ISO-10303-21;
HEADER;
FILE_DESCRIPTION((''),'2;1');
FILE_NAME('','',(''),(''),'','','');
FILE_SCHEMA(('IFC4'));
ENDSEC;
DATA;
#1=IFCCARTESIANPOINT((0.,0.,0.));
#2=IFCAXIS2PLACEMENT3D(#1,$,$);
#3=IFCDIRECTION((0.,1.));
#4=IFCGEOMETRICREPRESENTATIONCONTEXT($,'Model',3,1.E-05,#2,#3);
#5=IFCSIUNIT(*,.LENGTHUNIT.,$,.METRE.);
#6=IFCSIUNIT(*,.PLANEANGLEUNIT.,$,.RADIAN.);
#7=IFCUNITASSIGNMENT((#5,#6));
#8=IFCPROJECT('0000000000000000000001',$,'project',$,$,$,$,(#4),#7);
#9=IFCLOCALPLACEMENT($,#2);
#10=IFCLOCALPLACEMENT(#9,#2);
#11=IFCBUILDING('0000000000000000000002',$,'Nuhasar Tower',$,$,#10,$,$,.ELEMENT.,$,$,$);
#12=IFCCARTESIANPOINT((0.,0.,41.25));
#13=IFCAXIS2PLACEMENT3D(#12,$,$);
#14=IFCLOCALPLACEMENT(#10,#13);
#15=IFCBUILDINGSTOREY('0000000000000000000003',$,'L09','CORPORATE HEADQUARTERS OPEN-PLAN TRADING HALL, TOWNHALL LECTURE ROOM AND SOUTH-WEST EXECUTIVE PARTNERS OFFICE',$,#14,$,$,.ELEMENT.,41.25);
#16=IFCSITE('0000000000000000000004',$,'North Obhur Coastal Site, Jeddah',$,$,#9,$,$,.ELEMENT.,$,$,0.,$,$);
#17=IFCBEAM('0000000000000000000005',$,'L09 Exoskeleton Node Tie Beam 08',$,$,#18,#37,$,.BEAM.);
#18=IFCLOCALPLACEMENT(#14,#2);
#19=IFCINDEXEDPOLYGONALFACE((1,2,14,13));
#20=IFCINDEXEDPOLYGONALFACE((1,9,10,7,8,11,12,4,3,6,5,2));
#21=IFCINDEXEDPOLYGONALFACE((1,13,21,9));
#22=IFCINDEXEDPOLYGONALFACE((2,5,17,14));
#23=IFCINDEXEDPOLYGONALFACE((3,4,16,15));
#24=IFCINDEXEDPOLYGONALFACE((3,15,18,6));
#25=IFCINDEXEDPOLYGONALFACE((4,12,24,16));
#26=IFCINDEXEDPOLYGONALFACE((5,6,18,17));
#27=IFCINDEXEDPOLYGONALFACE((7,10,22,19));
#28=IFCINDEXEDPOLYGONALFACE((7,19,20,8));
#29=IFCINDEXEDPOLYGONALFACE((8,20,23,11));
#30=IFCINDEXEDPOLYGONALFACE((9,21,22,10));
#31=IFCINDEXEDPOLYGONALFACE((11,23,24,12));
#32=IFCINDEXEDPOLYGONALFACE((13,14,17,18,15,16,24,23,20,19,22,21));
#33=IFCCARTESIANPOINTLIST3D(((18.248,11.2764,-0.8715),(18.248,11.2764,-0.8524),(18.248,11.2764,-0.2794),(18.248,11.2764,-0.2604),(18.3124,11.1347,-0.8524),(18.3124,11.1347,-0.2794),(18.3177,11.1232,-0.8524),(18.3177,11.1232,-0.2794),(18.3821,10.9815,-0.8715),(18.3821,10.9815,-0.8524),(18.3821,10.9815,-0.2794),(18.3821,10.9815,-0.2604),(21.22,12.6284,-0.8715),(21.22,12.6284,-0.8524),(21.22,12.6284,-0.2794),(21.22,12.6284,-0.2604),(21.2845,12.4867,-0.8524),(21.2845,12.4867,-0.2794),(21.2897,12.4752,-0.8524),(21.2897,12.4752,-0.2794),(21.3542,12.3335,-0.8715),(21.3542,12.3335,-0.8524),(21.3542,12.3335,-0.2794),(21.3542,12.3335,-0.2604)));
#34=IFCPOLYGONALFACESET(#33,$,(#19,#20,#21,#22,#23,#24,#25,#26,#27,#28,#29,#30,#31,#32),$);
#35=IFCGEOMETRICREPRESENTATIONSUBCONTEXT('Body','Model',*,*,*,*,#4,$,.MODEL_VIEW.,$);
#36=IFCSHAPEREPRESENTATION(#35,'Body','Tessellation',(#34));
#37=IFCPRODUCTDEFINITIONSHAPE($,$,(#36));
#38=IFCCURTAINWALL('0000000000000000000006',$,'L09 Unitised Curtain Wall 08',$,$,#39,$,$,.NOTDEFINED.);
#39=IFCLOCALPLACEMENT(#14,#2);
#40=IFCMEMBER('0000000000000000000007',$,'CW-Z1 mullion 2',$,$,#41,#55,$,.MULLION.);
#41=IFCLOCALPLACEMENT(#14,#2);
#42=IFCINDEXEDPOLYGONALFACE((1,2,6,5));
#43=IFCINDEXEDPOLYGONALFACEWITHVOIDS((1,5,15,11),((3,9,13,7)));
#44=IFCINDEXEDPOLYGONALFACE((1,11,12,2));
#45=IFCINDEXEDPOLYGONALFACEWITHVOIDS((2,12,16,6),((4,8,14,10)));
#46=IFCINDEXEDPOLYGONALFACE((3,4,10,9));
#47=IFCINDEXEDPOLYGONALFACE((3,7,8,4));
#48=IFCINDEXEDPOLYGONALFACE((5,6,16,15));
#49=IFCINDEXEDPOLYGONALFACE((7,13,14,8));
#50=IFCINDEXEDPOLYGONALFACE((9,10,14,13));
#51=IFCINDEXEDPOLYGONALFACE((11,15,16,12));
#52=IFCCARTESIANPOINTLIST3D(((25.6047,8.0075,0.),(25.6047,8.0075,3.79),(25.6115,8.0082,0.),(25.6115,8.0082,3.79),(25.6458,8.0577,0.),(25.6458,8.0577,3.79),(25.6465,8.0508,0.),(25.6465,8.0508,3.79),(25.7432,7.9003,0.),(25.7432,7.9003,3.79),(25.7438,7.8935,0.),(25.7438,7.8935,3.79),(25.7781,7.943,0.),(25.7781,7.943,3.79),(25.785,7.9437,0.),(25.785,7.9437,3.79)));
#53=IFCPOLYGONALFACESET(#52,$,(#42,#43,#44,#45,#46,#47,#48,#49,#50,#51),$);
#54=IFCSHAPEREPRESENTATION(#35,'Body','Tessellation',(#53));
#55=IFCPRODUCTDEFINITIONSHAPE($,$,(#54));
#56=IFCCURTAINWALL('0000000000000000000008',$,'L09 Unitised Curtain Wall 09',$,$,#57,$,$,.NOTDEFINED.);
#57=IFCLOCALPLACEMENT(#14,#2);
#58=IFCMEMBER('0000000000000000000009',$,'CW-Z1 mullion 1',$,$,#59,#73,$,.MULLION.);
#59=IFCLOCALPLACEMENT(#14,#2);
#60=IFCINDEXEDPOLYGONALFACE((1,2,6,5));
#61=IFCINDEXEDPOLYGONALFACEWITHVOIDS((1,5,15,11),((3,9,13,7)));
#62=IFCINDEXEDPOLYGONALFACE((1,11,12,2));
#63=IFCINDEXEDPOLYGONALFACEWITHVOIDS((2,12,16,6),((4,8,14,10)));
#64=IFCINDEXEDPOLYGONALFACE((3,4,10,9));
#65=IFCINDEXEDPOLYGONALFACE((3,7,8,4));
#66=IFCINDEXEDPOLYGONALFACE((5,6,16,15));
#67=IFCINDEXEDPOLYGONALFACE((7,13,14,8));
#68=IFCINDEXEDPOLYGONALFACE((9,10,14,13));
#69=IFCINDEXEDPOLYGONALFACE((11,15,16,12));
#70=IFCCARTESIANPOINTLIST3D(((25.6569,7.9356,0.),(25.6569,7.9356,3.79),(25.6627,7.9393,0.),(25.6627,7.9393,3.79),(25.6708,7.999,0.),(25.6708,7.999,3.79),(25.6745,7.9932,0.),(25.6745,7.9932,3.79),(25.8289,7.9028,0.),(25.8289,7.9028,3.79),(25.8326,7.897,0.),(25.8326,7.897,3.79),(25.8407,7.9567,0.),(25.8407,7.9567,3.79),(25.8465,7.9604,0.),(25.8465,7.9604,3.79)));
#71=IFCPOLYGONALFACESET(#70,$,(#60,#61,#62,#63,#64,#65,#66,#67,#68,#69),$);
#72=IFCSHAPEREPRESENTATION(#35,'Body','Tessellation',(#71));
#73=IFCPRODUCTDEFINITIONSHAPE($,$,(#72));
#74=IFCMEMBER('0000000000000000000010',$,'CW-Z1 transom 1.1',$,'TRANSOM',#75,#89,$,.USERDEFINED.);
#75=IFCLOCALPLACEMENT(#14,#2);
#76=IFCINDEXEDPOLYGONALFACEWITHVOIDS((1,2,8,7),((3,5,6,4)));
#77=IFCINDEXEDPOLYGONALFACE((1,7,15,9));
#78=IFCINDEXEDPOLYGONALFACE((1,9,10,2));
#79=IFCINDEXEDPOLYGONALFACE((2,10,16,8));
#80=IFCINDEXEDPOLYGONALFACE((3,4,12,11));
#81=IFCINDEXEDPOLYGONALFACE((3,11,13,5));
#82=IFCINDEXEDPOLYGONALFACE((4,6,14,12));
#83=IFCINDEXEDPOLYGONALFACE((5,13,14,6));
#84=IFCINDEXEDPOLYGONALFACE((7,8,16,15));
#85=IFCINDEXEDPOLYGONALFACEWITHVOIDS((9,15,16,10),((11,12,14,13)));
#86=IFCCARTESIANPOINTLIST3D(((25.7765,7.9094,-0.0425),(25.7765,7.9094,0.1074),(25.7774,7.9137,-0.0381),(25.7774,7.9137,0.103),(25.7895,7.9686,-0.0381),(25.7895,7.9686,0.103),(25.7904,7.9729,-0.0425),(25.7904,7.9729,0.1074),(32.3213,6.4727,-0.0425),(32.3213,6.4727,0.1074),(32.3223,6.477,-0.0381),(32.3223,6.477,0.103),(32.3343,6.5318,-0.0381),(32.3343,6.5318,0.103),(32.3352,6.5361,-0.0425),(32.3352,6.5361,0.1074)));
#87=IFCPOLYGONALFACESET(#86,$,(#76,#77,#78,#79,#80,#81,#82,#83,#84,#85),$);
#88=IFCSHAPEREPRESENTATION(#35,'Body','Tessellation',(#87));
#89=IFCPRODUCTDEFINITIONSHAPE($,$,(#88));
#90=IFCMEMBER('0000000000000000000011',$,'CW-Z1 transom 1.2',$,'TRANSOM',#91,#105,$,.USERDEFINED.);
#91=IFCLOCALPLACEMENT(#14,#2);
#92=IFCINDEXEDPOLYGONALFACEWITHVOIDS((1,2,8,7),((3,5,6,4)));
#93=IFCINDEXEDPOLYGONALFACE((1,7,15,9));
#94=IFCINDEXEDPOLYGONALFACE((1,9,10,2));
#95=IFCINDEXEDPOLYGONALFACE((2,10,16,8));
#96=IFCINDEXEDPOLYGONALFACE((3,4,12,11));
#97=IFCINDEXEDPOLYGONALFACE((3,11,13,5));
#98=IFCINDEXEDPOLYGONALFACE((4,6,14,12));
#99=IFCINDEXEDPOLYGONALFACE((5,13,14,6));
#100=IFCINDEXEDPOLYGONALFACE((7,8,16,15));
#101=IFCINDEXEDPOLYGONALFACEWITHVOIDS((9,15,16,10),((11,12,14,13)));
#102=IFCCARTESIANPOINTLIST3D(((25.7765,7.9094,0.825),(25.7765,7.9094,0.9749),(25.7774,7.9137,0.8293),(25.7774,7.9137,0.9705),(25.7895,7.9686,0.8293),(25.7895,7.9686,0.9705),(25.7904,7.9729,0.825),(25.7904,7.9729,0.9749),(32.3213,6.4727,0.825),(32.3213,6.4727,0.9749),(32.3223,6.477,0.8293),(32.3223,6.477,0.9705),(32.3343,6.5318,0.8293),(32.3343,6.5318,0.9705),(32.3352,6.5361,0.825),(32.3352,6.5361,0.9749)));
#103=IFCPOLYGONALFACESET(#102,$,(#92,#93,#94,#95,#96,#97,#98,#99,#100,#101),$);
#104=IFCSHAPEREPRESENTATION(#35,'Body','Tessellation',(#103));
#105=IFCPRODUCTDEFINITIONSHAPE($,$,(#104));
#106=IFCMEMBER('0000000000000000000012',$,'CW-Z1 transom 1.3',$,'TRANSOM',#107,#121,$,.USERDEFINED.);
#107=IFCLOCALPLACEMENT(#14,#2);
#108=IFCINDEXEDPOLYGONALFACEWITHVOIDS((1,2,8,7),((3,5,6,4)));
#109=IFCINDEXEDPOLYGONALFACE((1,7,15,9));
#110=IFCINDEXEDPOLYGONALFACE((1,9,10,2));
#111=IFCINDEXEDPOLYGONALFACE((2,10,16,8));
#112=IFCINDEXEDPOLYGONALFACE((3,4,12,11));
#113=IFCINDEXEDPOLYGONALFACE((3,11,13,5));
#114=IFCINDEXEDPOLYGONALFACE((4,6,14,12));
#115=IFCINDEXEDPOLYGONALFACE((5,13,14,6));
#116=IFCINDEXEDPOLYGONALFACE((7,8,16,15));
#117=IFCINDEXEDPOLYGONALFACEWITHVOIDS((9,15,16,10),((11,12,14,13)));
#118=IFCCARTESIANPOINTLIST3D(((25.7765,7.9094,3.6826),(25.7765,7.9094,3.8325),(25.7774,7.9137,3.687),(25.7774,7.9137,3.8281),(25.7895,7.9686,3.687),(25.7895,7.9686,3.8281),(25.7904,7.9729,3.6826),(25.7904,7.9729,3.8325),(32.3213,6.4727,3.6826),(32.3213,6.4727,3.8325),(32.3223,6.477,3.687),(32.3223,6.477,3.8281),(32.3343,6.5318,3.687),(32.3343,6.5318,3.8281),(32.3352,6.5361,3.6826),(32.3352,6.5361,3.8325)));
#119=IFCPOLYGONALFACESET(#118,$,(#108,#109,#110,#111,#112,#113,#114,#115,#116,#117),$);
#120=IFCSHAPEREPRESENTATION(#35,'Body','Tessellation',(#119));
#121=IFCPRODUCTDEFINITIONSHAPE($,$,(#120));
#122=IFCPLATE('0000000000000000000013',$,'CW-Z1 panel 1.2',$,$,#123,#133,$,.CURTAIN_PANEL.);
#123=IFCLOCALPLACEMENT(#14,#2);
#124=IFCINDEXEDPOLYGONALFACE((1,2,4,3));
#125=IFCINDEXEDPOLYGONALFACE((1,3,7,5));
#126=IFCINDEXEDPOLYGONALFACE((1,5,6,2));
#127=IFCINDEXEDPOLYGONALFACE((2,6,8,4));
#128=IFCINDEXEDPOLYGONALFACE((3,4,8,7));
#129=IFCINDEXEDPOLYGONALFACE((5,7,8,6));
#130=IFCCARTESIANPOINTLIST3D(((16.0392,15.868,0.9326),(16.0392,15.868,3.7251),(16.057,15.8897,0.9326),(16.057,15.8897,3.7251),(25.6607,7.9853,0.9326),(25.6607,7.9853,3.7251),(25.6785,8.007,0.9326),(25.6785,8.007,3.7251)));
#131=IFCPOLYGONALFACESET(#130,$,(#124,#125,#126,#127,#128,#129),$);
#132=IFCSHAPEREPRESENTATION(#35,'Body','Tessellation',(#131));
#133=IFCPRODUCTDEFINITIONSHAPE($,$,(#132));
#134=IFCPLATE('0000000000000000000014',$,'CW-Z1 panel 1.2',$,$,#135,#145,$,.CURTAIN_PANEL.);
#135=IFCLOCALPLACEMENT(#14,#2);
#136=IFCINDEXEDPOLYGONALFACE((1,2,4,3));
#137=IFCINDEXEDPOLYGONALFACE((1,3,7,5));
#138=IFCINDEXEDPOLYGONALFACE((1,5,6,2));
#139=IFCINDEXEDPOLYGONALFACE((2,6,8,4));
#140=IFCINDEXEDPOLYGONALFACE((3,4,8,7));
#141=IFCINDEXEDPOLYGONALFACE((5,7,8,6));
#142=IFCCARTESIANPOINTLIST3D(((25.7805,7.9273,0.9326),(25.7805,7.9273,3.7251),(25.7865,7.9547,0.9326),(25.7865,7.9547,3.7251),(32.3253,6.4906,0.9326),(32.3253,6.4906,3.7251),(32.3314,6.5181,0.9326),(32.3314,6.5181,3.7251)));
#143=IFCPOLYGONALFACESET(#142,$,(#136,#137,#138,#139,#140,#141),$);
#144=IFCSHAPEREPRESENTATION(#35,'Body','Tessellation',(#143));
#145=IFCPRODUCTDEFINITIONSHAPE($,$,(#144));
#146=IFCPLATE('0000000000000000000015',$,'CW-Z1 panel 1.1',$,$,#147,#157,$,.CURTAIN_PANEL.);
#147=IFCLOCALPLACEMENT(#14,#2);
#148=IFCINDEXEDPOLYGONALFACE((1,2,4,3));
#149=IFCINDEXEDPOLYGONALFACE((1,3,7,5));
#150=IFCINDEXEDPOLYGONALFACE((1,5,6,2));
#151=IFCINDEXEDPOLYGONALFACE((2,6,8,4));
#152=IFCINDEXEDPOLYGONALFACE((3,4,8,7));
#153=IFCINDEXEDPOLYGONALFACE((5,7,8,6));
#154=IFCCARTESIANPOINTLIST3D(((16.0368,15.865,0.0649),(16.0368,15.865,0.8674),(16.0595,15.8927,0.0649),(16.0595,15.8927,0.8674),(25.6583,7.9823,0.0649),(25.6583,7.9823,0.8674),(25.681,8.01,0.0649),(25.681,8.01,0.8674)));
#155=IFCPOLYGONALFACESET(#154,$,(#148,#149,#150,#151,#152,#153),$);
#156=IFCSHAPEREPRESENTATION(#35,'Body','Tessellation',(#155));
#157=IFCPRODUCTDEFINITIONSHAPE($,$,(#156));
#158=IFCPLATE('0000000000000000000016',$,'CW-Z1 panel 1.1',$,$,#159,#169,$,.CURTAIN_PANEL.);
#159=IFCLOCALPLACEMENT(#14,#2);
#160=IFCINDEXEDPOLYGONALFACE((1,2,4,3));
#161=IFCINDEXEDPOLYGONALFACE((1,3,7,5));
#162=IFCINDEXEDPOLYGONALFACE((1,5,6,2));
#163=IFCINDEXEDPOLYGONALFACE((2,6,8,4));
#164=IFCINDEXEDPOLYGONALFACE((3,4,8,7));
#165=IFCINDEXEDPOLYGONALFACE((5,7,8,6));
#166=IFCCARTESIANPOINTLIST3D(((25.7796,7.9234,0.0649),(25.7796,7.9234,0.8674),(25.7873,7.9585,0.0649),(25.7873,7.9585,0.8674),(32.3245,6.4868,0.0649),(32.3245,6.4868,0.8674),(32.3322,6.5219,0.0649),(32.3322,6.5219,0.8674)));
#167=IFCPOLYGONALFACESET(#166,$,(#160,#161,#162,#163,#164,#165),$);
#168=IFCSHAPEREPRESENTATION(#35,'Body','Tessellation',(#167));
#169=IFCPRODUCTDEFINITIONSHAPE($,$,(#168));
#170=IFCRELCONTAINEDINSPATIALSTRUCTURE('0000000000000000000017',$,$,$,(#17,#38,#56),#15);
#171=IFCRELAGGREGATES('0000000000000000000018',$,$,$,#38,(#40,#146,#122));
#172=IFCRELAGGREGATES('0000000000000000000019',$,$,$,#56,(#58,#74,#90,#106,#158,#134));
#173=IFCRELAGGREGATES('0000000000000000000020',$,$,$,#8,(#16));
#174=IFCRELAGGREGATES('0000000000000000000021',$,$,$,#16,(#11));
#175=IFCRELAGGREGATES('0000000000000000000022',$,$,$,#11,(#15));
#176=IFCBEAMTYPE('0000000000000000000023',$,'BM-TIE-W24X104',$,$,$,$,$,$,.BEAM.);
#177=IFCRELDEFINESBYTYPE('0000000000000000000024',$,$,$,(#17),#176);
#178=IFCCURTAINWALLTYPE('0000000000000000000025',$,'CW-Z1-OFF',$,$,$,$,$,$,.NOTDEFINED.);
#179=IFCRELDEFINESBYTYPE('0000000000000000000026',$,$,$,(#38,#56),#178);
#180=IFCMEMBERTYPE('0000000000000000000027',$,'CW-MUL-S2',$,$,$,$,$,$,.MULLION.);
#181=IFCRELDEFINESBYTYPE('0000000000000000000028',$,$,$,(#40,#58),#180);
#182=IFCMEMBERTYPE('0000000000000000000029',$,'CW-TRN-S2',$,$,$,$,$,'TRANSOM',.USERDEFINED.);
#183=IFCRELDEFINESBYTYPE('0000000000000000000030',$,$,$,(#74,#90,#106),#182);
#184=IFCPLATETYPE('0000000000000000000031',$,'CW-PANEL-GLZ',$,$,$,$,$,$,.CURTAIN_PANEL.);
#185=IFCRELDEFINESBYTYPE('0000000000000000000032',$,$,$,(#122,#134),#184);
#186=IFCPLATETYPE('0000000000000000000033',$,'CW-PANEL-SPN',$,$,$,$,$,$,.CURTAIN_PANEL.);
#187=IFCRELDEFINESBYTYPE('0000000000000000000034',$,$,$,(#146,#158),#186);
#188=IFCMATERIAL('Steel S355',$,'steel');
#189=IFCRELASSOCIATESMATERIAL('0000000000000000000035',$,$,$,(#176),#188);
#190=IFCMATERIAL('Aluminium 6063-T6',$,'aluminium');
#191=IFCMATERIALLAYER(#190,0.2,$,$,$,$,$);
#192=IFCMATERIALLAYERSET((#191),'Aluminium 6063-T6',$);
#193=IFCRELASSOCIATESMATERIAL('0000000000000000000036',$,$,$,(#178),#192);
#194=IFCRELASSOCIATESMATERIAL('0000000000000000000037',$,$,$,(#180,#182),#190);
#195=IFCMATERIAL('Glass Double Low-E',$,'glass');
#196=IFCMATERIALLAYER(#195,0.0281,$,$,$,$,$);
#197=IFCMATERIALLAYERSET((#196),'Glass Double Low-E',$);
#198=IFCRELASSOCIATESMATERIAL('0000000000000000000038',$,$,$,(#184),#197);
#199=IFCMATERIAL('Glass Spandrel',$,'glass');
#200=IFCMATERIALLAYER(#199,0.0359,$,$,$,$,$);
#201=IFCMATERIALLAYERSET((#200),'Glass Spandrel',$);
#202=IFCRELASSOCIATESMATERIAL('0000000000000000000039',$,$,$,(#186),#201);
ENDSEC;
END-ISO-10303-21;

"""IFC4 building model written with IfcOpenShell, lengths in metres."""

from ifc_helpers import new_model, si_unit, direction, frame, origin, origin_2d, place, context, subcontext, project, spatial, rectangle, hollow_rectangle, i_section, extrude, material, layer, layer_set, material_profile, profile_set, type_object, element, aggregate, save


model = new_model("IFC4")

# Units and contexts
model_context = context("Model", 3, precision=1e-05, world=origin(), true_north=direction((0.0, 1.0)))
body_context = subcontext(model_context, "Body", "Model", "MODEL_VIEW")
ifc_project = project(units=[si_unit("LENGTHUNIT", "METRE"), si_unit("PLANEANGLEUNIT", "RADIAN")], contexts=[model_context])

# Site, building, storey
site_placement = place(None, origin())
site = spatial("IfcSite", under=ifc_project, at=site_placement, Name="North Obhur Coastal Site, Jeddah", CompositionType="ELEMENT", RefElevation=0.0)
building_placement = place(site_placement, origin())
building = spatial("IfcBuilding", under=site, at=building_placement, Name="Nuhasar Tower", CompositionType="ELEMENT")
storey_placement = place(building_placement, frame((0.0, 0.0, 41.25)))
storey = spatial("IfcBuildingStorey", under=building, at=storey_placement, Name="L09", Description="CORPORATE HEADQUARTERS OPEN-PLAN TRADING HALL, TOWNHALL LECTURE ROOM AND SOUTH-WEST EXECUTIVE PARTNERS OFFICE", CompositionType="ELEMENT", Elevation=41.25)

# Beam
ifc_material_1 = material(Name="Steel S355", Category="steel")
ifc_material_profile_1 = material_profile(ifc_material_1, i_section(OverallWidth=0.324, OverallDepth=0.6111, WebThickness=0.0127, FlangeThickness=0.019, at=origin_2d()), Name="W24X104")
ifc_profile_set_1 = profile_set([ifc_material_profile_1], Name="Steel S355")
beam_type_1 = type_object("IfcBeamType", Name="BM-TIE-W24X104", PredefinedType="BEAM", material=ifc_profile_set_1)
beam_1_placement = place(storey_placement, frame((21.2871, 12.481, -0.5659), z_axis=(-0.910244, -0.414073, 0.0), x_axis=(0.414073, -0.910244, 0.0)))
element("IfcBeam", 1, at=beam_1_placement, inside=storey, type_object=beam_type_1, Name="L09 Exoskeleton Node Tie Beam 08", PredefinedType="BEAM", context=body_context, shape_type="SweptSolid", body=[
    extrude(i_section(OverallWidth=0.324, OverallDepth=0.6111, WebThickness=0.0127, FlangeThickness=0.019, at=origin_2d()), origin(), (0.0, 0.0, 1.0), 3.2651),
])

# Curtain wall, member
ifc_material_2 = material(Name="Aluminium 6063-T6", Category="aluminium")
ifc_layer_1 = layer(ifc_material_2, 0.2)
ifc_layer_set_1 = layer_set([ifc_layer_1], Name="Aluminium 6063-T6")
curtain_wall_type = type_object("IfcCurtainWallType", Name="CW-Z1-OFF", PredefinedType="NOTDEFINED", material=ifc_layer_set_1)
curtain_wall_1_placement = place(storey_placement, origin())
curtain_wall_1 = element("IfcCurtainWall", 2, at=curtain_wall_1_placement, inside=storey, type_object=curtain_wall_type, Name="L09 Unitised Curtain Wall 08", PredefinedType="NOTDEFINED")
ifc_material_profile_2 = material_profile(ifc_material_2, hollow_rectangle(XDim=0.0649, YDim=0.1799, WallThickness=0.0049, at=origin_2d()), Name="CWM-2")
ifc_profile_set_2 = profile_set([ifc_material_profile_2], Name="Aluminium 6063-T6")
member_type_1 = type_object("IfcMemberType", Name="CW-MUL-S2", PredefinedType="MULLION", material=ifc_profile_set_2)
member_1_placement = place(storey_placement, frame((25.6948, 7.9756, 0.0), z_axis=(0.0, 0.0, 1.0), x_axis=(0.633745, 0.773542, 0.0)))
member_1 = element("IfcMember", 3, at=member_1_placement, type_object=member_type_1, Name="CW-Z1 mullion 2", PredefinedType="MULLION", context=body_context, shape_type="SweptSolid", body=[
    extrude(hollow_rectangle(XDim=0.0649, YDim=0.1799, WallThickness=0.0049, at=origin_2d()), origin(), (0.0, 0.0, 1.0), 3.79),
])

# Curtain wall, members
curtain_wall_2_placement = place(storey_placement, origin())
curtain_wall_2 = element("IfcCurtainWall", 4, at=curtain_wall_2_placement, inside=storey, type_object=curtain_wall_type, Name="L09 Unitised Curtain Wall 09", PredefinedType="NOTDEFINED")
member_2_placement = place(storey_placement, frame((25.7517, 7.948, 0.0), z_axis=(0.0, 0.0, 1.0), x_axis=(0.214399, 0.976746, 0.0)))
member_2 = element("IfcMember", 5, at=member_2_placement, type_object=member_type_1, Name="CW-Z1 mullion 1", PredefinedType="MULLION", context=body_context, shape_type="SweptSolid", body=[
    extrude(hollow_rectangle(XDim=0.0649, YDim=0.1799, WallThickness=0.0049, at=origin_2d()), origin(), (0.0, 0.0, 1.0), 3.79),
])
ifc_material_profile_3 = material_profile(ifc_material_2, hollow_rectangle(XDim=0.0649, YDim=0.1499, WallThickness=0.0044, at=origin_2d()), Name="CWT-2")
ifc_profile_set_3 = profile_set([ifc_material_profile_3], Name="Aluminium 6063-T6")
member_type_2 = type_object("IfcMemberType", Name="CW-TRN-S2", ElementType="TRANSOM", PredefinedType="USERDEFINED", material=ifc_profile_set_3)
member_3_placement = place(storey_placement, frame((25.7834, 7.9412, 0.0325), z_axis=(0.976742, -0.214418, 0.0), x_axis=(0.214418, 0.976742, 0.0)))
member_3 = element("IfcMember", 6, at=member_3_placement, type_object=member_type_2, Name="CW-Z1 transom 1.1", ObjectType="TRANSOM", PredefinedType="USERDEFINED", context=body_context, shape_type="SweptSolid", body=[
    extrude(hollow_rectangle(XDim=0.0649, YDim=0.1499, WallThickness=0.0044, at=origin_2d()), origin(), (0.0, 0.0, 1.0), 6.7007),
])
member_4_placement = place(storey_placement, frame((25.7834, 7.9412, 0.8999), z_axis=(0.976742, -0.214418, 0.0), x_axis=(0.214418, 0.976742, 0.0)))
member_4 = element("IfcMember", 7, at=member_4_placement, type_object=member_type_2, Name="CW-Z1 transom 1.2", ObjectType="TRANSOM", PredefinedType="USERDEFINED", context=body_context, shape_type="SweptSolid", body=[
    extrude(hollow_rectangle(XDim=0.0649, YDim=0.1499, WallThickness=0.0044, at=origin_2d()), origin(), (0.0, 0.0, 1.0), 6.7007),
])
member_5_placement = place(storey_placement, frame((25.7834, 7.9412, 3.7576), z_axis=(0.976742, -0.214418, 0.0), x_axis=(0.214418, 0.976742, 0.0)))
member_5 = element("IfcMember", 8, at=member_5_placement, type_object=member_type_2, Name="CW-Z1 transom 1.3", ObjectType="TRANSOM", PredefinedType="USERDEFINED", context=body_context, shape_type="SweptSolid", body=[
    extrude(hollow_rectangle(XDim=0.0649, YDim=0.1499, WallThickness=0.0044, at=origin_2d()), origin(), (0.0, 0.0, 1.0), 6.7007),
])

# Plates
ifc_material_3 = material(Name="Glass Double Low-E", Category="glass")
ifc_layer_2 = layer(ifc_material_3, 0.0281)
ifc_layer_set_2 = layer_set([ifc_layer_2], Name="Glass Double Low-E")
plate_type_1 = type_object("IfcPlateType", Name="CW-PANEL-GLZ", PredefinedType="CURTAIN_PANEL", material=ifc_layer_set_2)
plate_1_placement = place(storey_placement, frame((20.8589, 11.9375, 0.9326), z_axis=(0.0, 0.0, 1.0), x_axis=(0.773542, -0.633745, 0.0)))
plate_1 = element("IfcPlate", 9, at=plate_1_placement, type_object=plate_type_1, Name="CW-Z1 panel 1.2", PredefinedType="CURTAIN_PANEL", context=body_context, shape_type="SweptSolid", body=[
    extrude(rectangle(XDim=12.4382, YDim=0.0281, at=origin_2d()), origin(), (0.0, 0.0, 1.0), 2.7925),
])
plate_2_placement = place(storey_placement, frame((29.0559, 7.2227, 0.9326), z_axis=(0.0, 0.0, 1.0), x_axis=(0.976746, -0.214399, 0.0)))
plate_2 = element("IfcPlate", 10, at=plate_2_placement, type_object=plate_type_1, Name="CW-Z1 panel 1.2", PredefinedType="CURTAIN_PANEL", context=body_context, shape_type="SweptSolid", body=[
    extrude(rectangle(XDim=6.7007, YDim=0.0281, at=origin_2d()), origin(), (0.0, 0.0, 1.0), 2.7925),
])
ifc_material_4 = material(Name="Glass Spandrel", Category="glass")
ifc_layer_3 = layer(ifc_material_4, 0.0359)
ifc_layer_set_3 = layer_set([ifc_layer_3], Name="Glass Spandrel")
plate_type_2 = type_object("IfcPlateType", Name="CW-PANEL-SPN", PredefinedType="CURTAIN_PANEL", material=ifc_layer_set_3)
plate_3_placement = place(storey_placement, frame((20.8589, 11.9375, 0.0649), z_axis=(0.0, 0.0, 1.0), x_axis=(0.773542, -0.633745, 0.0)))
plate_3 = element("IfcPlate", 11, at=plate_3_placement, type_object=plate_type_2, Name="CW-Z1 panel 1.1", PredefinedType="CURTAIN_PANEL", context=body_context, shape_type="SweptSolid", body=[
    extrude(rectangle(XDim=12.4382, YDim=0.0359, at=origin_2d()), origin(), (0.0, 0.0, 1.0), 0.8025),
])
aggregate(curtain_wall_1, [member_1, plate_3, plate_1])
plate_4_placement = place(storey_placement, frame((29.0559, 7.2227, 0.0649), z_axis=(0.0, 0.0, 1.0), x_axis=(0.976746, -0.214399, 0.0)))
plate_4 = element("IfcPlate", 12, at=plate_4_placement, type_object=plate_type_2, Name="CW-Z1 panel 1.1", PredefinedType="CURTAIN_PANEL", context=body_context, shape_type="SweptSolid", body=[
    extrude(rectangle(XDim=6.7007, YDim=0.0359, at=origin_2d()), origin(), (0.0, 0.0, 1.0), 0.8025),
])
aggregate(curtain_wall_2, [member_2, member_3, member_4, member_5, plate_4, plate_2])

save(model, "model.ifc")
